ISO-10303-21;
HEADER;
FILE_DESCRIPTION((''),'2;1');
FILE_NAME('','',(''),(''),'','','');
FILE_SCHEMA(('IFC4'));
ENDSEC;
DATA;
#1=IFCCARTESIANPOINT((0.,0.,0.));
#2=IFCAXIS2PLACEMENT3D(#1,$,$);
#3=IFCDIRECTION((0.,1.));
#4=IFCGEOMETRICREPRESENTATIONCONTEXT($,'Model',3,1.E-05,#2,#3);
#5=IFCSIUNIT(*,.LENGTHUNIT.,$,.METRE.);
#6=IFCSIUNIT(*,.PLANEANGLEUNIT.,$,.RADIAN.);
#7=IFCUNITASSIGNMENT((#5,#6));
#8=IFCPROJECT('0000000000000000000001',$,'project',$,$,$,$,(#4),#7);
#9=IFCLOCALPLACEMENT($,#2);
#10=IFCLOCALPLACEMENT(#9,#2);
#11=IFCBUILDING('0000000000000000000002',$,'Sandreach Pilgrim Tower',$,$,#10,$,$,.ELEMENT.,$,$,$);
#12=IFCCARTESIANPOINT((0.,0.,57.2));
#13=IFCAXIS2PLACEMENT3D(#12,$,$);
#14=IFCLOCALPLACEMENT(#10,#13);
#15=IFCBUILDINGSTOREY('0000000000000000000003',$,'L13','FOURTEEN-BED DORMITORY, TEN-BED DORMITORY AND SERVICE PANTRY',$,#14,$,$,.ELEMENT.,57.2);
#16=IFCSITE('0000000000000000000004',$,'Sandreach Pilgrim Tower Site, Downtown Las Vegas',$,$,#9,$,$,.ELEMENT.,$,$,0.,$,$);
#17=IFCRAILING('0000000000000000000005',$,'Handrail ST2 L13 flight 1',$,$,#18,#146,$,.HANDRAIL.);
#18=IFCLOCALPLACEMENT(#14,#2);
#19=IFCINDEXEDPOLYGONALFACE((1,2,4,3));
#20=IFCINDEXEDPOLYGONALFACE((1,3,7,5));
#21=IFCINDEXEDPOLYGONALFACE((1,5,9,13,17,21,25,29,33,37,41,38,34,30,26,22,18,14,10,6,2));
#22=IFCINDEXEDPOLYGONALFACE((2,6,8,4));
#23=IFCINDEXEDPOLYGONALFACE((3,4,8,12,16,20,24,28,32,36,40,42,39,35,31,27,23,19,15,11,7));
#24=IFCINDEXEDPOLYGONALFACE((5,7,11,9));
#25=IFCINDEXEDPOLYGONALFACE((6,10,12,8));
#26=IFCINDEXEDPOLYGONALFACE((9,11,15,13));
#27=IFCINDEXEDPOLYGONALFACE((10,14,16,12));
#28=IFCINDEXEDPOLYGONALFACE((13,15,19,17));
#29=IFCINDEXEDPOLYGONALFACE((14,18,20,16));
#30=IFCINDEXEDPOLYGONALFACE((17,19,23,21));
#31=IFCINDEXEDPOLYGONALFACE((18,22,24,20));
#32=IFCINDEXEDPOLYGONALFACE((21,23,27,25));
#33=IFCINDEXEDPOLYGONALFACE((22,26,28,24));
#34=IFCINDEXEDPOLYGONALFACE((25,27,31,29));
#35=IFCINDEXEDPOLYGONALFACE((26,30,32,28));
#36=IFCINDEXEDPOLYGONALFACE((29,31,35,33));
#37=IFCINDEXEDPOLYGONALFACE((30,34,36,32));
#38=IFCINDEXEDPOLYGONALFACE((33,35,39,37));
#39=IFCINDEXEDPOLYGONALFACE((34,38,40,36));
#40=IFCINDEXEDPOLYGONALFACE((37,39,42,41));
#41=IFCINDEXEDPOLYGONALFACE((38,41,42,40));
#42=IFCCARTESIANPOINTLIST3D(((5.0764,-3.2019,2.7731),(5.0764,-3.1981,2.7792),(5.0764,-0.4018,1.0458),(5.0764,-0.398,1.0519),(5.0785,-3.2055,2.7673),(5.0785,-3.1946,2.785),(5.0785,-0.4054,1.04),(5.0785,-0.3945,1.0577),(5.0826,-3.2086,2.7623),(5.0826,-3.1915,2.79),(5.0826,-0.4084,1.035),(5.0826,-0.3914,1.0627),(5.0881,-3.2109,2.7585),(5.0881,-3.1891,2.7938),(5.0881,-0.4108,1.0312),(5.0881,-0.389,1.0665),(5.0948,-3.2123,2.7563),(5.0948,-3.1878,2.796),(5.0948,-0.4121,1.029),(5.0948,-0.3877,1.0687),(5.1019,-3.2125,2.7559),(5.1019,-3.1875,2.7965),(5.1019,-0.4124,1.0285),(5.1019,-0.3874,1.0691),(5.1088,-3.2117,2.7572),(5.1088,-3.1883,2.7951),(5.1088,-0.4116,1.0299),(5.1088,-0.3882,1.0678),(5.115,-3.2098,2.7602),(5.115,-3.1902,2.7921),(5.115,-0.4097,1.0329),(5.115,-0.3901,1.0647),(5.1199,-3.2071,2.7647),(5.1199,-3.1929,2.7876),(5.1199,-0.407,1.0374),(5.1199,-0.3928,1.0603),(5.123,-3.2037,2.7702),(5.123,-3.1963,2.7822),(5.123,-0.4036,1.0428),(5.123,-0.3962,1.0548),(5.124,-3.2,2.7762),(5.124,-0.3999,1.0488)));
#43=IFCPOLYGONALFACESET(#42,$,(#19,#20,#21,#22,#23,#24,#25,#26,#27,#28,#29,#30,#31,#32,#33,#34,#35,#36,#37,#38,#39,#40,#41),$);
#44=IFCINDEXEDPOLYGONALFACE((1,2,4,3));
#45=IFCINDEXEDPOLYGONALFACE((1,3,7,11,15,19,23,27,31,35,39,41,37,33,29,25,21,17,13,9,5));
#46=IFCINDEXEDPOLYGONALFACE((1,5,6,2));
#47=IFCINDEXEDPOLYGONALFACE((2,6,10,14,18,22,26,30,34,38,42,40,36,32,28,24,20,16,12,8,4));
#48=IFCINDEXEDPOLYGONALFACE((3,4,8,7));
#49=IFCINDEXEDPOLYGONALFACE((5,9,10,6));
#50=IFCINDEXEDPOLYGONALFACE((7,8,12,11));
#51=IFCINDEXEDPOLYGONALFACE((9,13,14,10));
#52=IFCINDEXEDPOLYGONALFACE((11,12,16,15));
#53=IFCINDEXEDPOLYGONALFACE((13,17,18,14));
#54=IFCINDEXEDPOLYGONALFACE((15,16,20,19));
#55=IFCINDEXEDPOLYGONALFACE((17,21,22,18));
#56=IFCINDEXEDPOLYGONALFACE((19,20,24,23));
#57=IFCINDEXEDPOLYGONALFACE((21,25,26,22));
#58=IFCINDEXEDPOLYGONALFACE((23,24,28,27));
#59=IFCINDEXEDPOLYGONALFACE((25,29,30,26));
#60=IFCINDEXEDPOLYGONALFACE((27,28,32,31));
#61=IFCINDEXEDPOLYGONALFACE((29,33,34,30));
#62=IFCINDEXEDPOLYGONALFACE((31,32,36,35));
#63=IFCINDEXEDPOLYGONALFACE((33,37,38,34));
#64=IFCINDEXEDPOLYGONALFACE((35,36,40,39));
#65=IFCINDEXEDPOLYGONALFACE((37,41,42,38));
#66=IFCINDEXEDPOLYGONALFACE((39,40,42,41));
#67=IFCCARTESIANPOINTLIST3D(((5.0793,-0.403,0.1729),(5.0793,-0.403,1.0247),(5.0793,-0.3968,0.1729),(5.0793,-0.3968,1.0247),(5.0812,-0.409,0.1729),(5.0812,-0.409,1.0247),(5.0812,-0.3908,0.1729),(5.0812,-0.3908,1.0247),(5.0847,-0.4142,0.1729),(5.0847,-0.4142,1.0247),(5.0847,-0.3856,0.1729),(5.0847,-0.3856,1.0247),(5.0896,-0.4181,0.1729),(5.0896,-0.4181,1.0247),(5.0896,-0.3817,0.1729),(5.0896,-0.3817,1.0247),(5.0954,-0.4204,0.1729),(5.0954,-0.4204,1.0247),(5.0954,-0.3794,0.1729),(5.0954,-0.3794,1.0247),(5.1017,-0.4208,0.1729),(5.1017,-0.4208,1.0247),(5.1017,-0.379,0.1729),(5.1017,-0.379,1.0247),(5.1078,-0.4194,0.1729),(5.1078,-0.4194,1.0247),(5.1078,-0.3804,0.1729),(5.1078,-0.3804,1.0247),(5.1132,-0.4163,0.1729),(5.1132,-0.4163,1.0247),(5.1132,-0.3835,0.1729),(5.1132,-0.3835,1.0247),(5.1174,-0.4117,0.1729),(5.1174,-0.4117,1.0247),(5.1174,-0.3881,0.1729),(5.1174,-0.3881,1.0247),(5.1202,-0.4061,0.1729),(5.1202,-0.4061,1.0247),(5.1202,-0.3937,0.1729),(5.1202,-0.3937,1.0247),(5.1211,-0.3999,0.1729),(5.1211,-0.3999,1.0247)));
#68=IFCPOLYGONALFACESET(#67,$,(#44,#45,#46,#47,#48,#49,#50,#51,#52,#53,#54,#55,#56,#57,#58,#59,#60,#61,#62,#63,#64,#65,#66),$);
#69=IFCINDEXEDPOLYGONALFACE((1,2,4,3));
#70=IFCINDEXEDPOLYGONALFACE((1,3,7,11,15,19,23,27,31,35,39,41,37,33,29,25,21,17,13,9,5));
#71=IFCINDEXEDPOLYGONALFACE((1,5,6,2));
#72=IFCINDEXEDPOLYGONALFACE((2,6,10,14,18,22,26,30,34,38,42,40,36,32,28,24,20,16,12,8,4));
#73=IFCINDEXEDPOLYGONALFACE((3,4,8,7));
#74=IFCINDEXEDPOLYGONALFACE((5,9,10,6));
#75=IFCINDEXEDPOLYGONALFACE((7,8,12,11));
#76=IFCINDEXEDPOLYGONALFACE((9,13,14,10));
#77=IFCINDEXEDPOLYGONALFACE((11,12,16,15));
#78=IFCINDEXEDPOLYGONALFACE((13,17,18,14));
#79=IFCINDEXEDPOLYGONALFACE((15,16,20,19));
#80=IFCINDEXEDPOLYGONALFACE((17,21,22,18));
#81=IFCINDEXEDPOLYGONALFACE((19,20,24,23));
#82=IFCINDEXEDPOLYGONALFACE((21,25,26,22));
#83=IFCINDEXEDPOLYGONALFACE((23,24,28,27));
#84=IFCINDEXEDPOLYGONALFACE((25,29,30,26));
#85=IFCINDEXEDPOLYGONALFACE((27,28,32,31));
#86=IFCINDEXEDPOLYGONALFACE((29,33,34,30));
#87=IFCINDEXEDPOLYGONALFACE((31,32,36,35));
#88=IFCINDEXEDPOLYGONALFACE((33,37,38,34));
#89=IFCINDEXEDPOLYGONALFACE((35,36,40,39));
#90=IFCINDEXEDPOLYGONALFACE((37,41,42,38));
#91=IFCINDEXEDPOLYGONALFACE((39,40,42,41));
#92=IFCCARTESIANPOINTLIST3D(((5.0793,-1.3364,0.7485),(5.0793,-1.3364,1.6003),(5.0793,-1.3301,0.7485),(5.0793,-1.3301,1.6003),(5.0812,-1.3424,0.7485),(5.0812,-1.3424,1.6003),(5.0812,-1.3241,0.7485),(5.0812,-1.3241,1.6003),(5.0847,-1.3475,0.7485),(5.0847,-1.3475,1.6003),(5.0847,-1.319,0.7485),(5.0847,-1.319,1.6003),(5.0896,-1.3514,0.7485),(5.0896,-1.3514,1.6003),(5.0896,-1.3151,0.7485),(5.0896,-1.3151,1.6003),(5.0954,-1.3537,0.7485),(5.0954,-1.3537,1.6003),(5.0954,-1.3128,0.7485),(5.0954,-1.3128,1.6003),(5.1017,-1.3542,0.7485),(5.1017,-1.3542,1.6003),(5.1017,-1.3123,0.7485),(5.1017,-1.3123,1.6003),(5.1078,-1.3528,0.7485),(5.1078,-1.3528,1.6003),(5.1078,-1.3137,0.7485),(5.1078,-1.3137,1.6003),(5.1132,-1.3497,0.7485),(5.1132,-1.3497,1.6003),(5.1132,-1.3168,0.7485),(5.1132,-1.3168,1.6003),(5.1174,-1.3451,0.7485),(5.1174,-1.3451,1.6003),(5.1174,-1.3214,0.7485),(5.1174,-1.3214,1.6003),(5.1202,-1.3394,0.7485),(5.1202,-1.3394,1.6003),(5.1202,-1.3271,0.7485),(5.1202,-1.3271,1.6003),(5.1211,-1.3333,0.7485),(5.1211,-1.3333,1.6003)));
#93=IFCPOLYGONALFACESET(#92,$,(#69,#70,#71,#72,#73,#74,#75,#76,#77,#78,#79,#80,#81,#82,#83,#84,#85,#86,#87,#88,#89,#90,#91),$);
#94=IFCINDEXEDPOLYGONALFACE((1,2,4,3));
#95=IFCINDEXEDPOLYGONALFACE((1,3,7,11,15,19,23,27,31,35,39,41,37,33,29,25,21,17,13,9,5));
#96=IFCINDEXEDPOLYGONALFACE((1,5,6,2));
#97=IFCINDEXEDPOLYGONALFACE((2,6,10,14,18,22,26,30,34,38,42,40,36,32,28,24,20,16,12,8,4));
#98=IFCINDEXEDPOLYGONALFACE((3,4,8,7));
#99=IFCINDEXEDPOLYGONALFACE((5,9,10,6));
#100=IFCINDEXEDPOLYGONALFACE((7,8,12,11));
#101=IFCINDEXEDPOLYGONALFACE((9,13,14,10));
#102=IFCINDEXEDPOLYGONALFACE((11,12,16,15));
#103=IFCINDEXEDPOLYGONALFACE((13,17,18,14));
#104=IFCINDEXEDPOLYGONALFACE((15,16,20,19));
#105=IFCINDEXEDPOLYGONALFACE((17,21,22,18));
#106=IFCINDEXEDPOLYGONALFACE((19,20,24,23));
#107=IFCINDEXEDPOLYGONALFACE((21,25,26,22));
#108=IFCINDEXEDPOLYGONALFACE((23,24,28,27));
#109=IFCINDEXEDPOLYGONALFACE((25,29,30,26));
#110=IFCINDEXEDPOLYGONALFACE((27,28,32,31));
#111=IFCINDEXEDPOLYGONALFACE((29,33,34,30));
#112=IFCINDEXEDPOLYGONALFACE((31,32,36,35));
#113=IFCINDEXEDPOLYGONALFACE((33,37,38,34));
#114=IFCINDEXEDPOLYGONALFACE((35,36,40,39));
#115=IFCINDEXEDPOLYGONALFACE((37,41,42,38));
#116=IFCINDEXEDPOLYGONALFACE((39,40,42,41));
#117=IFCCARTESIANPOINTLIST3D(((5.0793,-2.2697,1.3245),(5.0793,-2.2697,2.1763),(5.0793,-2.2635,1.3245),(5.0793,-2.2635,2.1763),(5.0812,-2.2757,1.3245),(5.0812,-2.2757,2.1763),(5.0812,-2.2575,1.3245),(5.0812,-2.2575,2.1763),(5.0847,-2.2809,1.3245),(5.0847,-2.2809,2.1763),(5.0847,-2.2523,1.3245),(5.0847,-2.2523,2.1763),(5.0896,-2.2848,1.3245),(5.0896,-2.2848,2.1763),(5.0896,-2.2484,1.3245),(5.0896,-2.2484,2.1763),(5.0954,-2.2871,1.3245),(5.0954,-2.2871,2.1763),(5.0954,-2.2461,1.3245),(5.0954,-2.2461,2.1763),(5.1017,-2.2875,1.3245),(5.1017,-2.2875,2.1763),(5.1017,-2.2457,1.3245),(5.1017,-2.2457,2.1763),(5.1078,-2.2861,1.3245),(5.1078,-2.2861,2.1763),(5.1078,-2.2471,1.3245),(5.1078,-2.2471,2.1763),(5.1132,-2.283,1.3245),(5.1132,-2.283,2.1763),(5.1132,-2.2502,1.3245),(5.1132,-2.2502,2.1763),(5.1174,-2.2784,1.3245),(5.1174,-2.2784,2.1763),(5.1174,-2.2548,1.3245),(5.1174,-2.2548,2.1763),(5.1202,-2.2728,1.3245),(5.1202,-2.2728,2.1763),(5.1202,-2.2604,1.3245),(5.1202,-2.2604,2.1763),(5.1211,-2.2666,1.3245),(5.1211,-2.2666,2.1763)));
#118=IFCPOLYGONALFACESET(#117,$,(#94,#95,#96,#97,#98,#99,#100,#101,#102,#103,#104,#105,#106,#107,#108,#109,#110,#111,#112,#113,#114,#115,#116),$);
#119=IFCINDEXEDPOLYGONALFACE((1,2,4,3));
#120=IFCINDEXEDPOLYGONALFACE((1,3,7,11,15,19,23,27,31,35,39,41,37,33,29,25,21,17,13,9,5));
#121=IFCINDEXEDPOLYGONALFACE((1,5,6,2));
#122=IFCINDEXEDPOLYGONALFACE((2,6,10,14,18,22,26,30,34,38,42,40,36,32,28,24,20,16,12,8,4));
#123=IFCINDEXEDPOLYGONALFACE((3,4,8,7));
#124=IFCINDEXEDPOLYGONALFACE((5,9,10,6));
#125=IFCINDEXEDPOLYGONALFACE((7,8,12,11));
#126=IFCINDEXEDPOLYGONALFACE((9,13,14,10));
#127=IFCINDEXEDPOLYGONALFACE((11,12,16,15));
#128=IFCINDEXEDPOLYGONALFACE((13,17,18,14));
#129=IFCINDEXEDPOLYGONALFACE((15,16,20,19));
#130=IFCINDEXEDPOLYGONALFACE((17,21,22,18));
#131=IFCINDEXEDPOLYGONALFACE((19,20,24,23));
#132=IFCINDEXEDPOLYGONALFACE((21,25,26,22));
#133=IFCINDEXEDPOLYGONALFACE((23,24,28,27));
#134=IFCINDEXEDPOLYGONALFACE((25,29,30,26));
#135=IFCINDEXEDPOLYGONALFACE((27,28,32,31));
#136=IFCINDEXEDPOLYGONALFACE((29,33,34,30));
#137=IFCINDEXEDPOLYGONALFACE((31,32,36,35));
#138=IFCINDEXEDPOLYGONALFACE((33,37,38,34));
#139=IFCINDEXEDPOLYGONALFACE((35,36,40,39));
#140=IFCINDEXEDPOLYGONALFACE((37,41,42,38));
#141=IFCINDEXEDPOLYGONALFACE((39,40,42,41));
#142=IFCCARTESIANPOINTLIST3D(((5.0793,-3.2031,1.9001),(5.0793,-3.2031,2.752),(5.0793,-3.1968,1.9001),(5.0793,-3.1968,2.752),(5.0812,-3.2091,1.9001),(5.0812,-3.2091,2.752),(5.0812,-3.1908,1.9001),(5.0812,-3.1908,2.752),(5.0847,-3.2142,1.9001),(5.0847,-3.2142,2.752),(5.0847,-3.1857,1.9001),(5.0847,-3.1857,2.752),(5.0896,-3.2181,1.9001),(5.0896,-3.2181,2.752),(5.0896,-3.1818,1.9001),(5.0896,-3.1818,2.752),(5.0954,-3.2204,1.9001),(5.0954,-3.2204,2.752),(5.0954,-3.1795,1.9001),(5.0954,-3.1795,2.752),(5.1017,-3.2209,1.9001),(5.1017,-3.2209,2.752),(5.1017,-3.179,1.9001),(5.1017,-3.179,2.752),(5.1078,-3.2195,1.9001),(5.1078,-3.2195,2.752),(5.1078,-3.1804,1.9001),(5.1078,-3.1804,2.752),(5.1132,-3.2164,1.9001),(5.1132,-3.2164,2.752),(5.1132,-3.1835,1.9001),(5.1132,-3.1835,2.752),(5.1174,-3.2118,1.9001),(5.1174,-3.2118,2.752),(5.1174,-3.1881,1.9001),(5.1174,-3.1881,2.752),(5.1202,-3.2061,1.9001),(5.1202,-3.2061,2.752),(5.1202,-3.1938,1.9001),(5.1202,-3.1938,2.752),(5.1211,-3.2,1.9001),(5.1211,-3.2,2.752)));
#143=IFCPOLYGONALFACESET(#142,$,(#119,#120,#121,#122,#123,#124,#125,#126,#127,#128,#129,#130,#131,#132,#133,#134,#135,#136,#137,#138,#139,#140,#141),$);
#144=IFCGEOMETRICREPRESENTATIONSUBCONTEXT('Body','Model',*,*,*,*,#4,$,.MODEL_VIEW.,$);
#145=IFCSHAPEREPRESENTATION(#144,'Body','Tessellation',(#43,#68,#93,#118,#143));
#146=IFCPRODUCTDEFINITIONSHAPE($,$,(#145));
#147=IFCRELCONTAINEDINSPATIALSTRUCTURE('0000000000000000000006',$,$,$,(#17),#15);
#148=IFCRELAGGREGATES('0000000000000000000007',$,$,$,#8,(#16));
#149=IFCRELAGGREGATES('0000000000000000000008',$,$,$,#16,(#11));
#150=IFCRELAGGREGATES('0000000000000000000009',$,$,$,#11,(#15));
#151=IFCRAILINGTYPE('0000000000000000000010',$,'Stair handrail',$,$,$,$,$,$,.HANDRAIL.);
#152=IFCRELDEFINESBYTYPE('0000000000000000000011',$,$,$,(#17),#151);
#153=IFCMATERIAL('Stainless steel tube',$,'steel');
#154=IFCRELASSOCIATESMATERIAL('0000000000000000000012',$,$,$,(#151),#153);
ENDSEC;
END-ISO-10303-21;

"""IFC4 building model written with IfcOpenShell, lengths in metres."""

from ifc_helpers import new_model, si_unit, direction, frame, origin, origin_2d, place, context, subcontext, project, spatial, circle, extrude, material, type_object, element, save


model = new_model("IFC4")

# Units and contexts
model_context = context("Model", 3, precision=1e-05, world=origin(), true_north=direction((0.0, 1.0)))
body_context = subcontext(model_context, "Body", "Model", "MODEL_VIEW")
ifc_project = project(units=[si_unit("LENGTHUNIT", "METRE"), si_unit("PLANEANGLEUNIT", "RADIAN")], contexts=[model_context])

# Site, building, storey
site_placement = place(None, origin())
site = spatial("IfcSite", under=ifc_project, at=site_placement, Name="Sandreach Pilgrim Tower Site, Downtown Las Vegas", CompositionType="ELEMENT", RefElevation=0.0)
building_placement = place(site_placement, origin())
building = spatial("IfcBuilding", under=site, at=building_placement, Name="Sandreach Pilgrim Tower", CompositionType="ELEMENT")
storey_placement = place(building_placement, frame((0.0, 0.0, 57.2)))
storey = spatial("IfcBuildingStorey", under=building, at=storey_placement, Name="L13", Description="FOURTEEN-BED DORMITORY, TEN-BED DORMITORY AND SERVICE PANTRY", CompositionType="ELEMENT", Elevation=57.2)

# Railing
ifc_material_1 = material(Name="Stainless steel tube", Category="steel")
railing_type = type_object("IfcRailingType", Name="Stair handrail", PredefinedType="HANDRAIL", material=ifc_material_1)
railing_placement = place(storey_placement, frame((5.1001, -0.3999, 0.1729)))
element("IfcRailing", 1, at=railing_placement, inside=storey, type_object=railing_type, Name="Handrail ST2 L13 flight 1", PredefinedType="HANDRAIL", context=body_context, shape_type="SweptSolid", body=[
    extrude(circle(Radius=0.0239, at=origin_2d()), frame((0.0, 0.0, 0.876), z_axis=(0.0, -0.85109, 0.52502), x_axis=(1.0, 0.0, 0.0)), (0.0, 0.0, 1.0), 3.29),
    extrude(circle(Radius=0.021, at=origin_2d()), origin(), (0.0, 0.0, 1.0), 0.8518),
    extrude(circle(Radius=0.021, at=origin_2d()), frame((0.0, -0.9333, 0.5757)), (0.0, 0.0, 1.0), 0.8518),
    extrude(circle(Radius=0.021, at=origin_2d()), frame((0.0, -1.8667, 1.1516)), (0.0, 0.0, 1.0), 0.8518),
    extrude(circle(Radius=0.021, at=origin_2d()), frame((0.0, -2.8, 1.7273)), (0.0, 0.0, 1.0), 0.8518),
])

save(model, "model.ifc")
